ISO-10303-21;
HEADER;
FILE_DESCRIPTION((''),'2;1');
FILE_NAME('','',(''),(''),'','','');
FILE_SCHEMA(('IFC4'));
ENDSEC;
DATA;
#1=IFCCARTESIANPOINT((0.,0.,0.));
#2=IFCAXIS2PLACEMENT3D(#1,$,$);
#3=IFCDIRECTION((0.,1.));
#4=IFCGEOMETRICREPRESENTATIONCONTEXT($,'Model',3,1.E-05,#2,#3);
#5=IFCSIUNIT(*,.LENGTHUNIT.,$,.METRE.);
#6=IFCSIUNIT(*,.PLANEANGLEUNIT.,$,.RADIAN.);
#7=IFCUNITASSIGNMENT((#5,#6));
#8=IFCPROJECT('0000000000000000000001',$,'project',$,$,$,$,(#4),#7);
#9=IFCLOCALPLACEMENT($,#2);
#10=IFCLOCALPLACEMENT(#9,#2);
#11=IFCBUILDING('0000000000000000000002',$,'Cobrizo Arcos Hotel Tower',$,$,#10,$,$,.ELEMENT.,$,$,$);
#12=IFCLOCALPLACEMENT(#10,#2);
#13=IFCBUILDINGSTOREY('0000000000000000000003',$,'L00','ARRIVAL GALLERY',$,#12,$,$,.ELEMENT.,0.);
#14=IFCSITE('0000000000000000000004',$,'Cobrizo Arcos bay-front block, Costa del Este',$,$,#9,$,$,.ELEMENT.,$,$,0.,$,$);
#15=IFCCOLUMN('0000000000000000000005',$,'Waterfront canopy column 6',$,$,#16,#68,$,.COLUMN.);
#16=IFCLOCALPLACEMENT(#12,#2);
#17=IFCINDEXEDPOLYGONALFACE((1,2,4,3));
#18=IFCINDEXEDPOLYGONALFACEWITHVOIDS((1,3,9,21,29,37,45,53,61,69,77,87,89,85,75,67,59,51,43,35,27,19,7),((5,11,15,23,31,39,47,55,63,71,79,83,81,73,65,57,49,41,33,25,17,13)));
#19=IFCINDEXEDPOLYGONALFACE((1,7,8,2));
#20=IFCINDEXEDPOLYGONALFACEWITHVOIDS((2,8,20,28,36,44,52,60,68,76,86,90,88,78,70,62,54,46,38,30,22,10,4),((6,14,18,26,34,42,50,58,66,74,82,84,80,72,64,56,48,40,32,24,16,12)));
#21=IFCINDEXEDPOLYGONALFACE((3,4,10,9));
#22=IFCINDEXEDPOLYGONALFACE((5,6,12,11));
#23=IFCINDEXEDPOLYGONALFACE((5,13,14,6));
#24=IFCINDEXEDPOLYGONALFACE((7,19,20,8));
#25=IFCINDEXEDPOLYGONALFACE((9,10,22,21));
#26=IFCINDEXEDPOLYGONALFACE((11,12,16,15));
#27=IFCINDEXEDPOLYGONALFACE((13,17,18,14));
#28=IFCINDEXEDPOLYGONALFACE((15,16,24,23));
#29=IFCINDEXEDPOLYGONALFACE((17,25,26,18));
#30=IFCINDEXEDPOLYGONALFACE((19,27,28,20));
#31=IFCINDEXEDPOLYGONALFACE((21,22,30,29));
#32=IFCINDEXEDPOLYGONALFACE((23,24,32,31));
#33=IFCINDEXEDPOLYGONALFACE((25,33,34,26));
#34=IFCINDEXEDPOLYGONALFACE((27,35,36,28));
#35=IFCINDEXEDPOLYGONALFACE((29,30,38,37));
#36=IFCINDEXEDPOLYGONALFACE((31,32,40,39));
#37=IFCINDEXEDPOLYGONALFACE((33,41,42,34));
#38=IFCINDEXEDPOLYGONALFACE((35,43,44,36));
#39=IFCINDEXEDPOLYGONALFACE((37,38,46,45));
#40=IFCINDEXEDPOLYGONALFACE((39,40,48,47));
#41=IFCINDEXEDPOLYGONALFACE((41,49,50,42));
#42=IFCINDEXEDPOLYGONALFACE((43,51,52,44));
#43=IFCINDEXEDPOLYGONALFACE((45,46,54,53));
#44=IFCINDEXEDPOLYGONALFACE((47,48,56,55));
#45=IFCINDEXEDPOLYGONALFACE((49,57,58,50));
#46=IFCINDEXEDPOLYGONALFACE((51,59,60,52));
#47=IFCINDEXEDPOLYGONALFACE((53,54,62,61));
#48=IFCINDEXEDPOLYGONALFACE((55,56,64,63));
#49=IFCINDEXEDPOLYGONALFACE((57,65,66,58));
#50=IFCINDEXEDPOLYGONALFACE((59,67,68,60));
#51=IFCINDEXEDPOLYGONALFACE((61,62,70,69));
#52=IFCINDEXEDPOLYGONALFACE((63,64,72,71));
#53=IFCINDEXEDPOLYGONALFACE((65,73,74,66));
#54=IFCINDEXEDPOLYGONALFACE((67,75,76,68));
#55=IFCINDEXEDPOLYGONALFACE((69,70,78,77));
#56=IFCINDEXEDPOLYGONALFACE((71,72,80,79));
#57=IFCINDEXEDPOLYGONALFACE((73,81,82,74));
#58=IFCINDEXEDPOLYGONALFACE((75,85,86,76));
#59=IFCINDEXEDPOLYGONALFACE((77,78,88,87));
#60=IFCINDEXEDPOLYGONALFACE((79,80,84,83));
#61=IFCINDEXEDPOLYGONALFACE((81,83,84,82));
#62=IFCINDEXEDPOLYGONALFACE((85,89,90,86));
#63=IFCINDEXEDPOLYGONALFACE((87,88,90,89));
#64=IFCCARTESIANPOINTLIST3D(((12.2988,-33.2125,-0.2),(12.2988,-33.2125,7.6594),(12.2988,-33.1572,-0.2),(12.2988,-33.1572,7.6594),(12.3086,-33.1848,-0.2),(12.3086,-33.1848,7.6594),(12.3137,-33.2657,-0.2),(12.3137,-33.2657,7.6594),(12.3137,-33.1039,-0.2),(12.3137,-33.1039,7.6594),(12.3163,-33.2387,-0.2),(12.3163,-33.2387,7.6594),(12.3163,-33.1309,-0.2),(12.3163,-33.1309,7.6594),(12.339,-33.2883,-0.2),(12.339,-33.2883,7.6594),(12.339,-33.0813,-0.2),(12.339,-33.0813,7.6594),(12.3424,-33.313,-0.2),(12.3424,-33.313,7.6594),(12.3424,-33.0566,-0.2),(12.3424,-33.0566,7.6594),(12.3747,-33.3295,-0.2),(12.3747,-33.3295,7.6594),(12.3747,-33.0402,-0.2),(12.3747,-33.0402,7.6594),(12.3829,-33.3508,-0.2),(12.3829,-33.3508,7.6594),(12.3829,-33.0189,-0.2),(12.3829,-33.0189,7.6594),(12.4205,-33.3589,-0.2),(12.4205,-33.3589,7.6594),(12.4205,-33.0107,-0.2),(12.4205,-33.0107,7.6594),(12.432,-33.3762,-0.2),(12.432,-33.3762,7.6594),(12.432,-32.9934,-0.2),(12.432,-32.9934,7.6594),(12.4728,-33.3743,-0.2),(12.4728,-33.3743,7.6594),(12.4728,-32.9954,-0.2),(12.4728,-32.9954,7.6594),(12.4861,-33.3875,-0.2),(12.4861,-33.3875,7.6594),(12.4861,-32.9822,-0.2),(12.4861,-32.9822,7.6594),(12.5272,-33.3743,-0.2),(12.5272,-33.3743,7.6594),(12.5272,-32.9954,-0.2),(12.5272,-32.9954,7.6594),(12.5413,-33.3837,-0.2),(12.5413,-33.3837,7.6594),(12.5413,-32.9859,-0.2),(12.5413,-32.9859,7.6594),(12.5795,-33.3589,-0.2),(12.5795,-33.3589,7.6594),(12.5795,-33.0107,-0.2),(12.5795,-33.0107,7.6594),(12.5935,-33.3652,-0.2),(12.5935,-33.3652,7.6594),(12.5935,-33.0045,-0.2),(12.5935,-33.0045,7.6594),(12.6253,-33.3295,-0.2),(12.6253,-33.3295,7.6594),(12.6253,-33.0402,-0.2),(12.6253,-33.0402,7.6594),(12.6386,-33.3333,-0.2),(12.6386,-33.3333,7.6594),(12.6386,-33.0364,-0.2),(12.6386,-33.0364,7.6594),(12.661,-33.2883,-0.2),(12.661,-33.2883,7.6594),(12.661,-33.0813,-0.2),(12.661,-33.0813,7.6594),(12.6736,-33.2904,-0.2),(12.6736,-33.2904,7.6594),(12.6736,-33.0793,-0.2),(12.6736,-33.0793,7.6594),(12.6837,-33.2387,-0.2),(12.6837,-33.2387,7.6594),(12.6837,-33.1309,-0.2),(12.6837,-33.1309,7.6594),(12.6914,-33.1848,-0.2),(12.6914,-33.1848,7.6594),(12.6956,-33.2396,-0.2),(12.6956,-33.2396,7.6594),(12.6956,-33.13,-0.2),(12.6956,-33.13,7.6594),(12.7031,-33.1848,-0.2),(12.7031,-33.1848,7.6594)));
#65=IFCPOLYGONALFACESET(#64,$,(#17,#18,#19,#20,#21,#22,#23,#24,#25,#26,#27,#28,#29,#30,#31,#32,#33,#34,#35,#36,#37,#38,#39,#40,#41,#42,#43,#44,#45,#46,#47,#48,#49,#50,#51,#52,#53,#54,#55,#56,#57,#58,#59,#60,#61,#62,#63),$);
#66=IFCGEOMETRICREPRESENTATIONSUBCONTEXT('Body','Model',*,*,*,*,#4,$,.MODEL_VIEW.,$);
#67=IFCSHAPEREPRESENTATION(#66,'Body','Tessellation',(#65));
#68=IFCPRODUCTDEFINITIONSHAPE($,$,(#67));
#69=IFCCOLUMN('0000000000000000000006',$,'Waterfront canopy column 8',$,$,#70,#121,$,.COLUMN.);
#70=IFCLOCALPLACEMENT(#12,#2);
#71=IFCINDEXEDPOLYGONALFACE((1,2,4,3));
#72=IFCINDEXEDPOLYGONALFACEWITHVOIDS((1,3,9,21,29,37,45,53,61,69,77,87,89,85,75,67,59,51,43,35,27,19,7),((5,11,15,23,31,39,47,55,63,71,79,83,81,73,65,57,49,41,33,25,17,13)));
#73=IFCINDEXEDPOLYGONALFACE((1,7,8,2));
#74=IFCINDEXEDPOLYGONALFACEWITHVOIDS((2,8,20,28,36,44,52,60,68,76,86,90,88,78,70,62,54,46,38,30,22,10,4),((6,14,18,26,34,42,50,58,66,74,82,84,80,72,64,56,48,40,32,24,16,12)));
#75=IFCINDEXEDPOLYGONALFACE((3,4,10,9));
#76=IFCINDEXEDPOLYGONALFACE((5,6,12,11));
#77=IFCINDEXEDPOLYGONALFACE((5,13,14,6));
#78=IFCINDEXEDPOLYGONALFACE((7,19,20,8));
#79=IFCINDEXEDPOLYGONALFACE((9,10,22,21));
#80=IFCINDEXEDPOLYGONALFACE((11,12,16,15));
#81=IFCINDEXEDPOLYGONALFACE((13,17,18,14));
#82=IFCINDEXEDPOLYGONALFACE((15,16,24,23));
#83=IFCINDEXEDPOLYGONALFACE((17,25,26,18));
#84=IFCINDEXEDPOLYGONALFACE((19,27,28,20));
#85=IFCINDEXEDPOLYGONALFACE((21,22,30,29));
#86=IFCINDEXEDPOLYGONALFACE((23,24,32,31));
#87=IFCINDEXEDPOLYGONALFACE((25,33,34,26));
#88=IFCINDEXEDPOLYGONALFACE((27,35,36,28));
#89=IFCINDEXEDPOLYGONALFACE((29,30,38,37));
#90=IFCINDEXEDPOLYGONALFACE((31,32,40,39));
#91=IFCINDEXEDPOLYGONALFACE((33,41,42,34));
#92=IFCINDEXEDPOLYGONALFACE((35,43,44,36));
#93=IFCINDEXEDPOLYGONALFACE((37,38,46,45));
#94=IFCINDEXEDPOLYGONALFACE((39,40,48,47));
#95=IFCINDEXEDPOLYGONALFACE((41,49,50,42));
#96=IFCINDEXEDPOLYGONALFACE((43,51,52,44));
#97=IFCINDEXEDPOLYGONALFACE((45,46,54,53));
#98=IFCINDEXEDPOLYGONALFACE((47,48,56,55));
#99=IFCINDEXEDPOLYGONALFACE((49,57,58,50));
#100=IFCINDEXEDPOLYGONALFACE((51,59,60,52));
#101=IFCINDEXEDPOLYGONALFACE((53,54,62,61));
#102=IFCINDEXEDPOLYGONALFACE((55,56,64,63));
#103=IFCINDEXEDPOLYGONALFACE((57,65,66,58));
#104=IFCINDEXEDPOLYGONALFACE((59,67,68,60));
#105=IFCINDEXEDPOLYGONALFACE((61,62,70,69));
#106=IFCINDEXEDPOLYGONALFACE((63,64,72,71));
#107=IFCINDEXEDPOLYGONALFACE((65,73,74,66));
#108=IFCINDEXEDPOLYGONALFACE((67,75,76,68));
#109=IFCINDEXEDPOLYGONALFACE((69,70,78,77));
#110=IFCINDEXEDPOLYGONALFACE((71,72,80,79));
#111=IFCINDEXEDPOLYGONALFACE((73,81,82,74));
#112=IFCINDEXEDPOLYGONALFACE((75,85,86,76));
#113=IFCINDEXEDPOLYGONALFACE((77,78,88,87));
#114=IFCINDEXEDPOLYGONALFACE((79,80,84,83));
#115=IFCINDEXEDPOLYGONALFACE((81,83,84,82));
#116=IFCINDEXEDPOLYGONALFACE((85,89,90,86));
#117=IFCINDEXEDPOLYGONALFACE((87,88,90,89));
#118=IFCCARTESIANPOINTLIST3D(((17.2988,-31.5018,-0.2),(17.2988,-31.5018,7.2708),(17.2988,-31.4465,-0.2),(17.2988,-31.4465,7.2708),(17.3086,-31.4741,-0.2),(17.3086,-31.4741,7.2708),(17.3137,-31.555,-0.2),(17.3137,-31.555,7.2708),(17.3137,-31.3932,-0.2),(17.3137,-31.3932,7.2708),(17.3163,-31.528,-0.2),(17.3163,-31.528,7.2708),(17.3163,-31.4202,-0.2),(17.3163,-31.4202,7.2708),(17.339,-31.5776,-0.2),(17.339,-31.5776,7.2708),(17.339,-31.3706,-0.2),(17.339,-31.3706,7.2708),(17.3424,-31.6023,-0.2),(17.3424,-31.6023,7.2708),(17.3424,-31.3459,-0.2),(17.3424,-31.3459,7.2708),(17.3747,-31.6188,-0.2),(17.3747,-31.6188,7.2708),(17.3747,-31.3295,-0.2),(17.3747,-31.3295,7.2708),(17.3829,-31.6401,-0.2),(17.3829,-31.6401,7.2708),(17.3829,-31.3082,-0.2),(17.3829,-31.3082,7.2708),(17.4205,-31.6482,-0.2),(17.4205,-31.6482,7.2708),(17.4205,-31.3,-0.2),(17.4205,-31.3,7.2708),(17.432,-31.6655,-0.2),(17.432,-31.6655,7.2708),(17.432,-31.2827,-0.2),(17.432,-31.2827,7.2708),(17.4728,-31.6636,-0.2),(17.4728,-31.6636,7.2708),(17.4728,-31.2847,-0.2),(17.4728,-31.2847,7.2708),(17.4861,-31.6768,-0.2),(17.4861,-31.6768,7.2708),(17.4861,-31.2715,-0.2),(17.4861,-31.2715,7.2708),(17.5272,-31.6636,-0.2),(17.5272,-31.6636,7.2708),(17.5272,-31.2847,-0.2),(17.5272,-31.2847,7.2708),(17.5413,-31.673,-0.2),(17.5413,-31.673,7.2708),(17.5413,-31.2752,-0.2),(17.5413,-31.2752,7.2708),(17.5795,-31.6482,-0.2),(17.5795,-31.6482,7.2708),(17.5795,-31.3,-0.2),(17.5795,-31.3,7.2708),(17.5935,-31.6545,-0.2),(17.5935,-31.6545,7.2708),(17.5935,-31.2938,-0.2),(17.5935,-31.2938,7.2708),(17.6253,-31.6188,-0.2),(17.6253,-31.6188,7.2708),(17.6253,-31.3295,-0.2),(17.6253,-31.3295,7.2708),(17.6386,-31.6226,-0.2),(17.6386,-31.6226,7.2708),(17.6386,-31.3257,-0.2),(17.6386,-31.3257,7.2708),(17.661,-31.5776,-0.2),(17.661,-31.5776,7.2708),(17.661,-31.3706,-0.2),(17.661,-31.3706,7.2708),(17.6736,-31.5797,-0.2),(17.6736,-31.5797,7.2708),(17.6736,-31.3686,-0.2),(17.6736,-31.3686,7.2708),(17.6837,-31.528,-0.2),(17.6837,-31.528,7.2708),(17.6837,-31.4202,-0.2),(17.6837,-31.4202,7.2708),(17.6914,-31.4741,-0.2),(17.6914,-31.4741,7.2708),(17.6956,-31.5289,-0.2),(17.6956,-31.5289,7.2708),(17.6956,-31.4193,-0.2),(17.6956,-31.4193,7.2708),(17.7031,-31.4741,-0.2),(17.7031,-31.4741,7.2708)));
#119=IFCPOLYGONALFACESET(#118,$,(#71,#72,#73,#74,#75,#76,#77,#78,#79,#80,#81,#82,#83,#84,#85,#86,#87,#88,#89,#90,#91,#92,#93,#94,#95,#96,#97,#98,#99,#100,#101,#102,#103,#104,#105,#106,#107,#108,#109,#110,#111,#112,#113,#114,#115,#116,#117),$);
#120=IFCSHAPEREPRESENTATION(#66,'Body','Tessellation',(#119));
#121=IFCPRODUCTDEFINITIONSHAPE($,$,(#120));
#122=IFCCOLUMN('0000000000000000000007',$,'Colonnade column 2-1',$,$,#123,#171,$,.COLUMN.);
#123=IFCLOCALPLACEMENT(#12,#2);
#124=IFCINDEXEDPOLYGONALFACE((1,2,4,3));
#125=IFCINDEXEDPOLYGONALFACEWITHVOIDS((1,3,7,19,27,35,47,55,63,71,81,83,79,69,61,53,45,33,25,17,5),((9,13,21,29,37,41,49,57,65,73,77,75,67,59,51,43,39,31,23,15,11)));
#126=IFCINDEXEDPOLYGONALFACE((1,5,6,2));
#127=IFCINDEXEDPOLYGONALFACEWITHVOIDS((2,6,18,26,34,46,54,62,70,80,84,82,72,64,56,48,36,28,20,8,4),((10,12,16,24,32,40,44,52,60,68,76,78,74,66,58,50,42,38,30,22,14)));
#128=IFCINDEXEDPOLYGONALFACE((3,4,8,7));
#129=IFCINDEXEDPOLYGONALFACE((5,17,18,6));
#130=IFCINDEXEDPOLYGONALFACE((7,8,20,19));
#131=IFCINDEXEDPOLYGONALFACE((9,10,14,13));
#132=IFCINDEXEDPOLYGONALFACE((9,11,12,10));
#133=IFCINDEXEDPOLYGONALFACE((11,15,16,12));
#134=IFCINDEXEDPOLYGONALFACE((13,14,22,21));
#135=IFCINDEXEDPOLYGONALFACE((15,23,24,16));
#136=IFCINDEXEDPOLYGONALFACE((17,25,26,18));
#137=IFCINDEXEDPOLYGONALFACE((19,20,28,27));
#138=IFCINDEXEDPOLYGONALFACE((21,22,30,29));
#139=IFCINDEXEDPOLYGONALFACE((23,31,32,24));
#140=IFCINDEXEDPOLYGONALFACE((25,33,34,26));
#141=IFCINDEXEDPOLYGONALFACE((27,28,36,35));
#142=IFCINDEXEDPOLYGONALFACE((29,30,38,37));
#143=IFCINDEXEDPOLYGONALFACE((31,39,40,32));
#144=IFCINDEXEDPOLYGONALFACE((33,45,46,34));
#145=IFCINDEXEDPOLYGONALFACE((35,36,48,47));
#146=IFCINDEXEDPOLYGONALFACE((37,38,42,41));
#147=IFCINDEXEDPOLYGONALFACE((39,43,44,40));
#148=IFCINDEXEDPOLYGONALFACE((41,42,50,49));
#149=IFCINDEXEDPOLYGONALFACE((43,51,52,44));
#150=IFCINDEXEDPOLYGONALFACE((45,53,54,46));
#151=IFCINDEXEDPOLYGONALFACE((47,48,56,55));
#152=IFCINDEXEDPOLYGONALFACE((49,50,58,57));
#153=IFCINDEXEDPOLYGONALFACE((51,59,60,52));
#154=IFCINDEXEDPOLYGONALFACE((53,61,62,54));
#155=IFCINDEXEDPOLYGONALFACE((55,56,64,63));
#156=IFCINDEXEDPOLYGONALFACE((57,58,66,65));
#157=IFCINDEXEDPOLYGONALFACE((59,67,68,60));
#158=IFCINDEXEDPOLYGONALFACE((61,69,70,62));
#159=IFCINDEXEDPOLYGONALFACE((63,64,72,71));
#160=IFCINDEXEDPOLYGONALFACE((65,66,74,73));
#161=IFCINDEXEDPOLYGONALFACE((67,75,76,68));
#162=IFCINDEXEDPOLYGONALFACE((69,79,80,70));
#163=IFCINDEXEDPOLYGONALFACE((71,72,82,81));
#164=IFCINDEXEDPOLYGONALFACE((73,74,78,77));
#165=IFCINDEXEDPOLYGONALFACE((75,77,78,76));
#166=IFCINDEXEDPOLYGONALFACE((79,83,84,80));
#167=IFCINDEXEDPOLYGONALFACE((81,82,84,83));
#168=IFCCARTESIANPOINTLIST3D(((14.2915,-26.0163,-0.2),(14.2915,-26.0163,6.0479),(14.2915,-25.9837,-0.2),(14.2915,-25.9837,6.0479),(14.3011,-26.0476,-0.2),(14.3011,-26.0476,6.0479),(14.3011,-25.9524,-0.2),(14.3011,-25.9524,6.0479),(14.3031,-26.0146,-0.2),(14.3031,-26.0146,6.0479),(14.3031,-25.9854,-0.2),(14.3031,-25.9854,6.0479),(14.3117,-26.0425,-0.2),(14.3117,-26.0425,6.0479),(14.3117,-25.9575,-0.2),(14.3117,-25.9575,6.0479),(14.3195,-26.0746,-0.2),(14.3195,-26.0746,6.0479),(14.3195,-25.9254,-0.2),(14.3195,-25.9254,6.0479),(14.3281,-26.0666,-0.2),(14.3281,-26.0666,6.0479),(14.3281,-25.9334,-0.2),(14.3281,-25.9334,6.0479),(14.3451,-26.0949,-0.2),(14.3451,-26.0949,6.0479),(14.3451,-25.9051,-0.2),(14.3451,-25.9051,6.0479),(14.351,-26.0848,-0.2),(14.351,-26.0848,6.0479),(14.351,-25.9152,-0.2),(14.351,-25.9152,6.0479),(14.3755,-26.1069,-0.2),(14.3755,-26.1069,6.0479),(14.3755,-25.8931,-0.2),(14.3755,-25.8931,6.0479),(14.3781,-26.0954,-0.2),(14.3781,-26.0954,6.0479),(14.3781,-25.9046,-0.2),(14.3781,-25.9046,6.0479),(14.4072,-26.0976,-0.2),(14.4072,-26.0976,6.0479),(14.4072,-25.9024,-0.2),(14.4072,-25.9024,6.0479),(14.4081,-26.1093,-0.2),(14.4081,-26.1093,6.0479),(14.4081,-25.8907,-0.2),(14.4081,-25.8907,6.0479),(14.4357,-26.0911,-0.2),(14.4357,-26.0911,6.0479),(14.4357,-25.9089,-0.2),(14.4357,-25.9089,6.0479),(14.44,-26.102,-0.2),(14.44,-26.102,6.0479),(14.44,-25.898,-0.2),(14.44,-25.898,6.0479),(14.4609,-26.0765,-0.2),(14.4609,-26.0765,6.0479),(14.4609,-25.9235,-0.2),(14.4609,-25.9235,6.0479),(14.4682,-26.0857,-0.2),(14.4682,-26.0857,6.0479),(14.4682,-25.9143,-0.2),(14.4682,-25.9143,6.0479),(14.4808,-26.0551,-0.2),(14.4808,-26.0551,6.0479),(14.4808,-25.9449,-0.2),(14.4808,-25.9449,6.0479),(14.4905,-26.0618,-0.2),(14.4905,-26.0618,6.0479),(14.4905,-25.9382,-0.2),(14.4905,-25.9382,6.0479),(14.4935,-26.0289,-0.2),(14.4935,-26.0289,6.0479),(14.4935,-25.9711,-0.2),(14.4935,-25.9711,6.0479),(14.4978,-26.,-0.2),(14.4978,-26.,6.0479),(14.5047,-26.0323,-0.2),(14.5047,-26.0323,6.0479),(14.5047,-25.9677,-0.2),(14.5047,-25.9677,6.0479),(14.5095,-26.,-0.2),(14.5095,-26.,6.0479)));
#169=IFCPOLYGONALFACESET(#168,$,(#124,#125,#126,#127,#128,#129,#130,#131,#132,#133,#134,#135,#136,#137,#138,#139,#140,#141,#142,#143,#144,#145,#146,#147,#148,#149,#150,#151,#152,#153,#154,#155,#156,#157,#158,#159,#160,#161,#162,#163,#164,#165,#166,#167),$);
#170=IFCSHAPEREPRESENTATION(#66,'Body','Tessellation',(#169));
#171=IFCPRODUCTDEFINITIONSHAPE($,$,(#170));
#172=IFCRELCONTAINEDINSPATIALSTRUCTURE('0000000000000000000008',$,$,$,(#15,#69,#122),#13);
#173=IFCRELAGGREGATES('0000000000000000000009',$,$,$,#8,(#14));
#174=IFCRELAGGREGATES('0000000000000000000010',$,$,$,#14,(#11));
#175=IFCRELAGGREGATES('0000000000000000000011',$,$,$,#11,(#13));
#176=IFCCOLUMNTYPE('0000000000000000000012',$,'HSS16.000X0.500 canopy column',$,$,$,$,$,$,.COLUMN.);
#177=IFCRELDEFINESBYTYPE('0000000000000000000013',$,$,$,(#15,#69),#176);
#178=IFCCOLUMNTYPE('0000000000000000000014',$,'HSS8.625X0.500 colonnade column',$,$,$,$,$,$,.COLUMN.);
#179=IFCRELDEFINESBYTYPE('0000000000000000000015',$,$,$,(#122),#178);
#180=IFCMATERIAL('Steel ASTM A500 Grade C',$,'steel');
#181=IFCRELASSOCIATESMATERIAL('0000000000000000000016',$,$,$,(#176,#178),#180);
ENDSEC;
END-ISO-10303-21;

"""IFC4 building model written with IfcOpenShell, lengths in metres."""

from ifc_helpers import new_model, si_unit, direction, frame, origin, origin_2d, place, context, subcontext, project, spatial, hollow_circle, extrude, material, material_profile, profile_set, type_object, element, save


model = new_model("IFC4")

# Units and contexts
model_context = context("Model", 3, precision=1e-05, world=origin(), true_north=direction((0.0, 1.0)))
body_context = subcontext(model_context, "Body", "Model", "MODEL_VIEW")
ifc_project = project(units=[si_unit("LENGTHUNIT", "METRE"), si_unit("PLANEANGLEUNIT", "RADIAN")], contexts=[model_context])

# Site, building, storey
site_placement = place(None, origin())
site = spatial("IfcSite", under=ifc_project, at=site_placement, Name="Cobrizo Arcos bay-front block, Costa del Este", CompositionType="ELEMENT", RefElevation=0.0)
building_placement = place(site_placement, origin())
building = spatial("IfcBuilding", under=site, at=building_placement, Name="Cobrizo Arcos Hotel Tower", CompositionType="ELEMENT")
storey_placement = place(building_placement, origin())
storey = spatial("IfcBuildingStorey", under=building, at=storey_placement, Name="L00", Description="ARRIVAL GALLERY", CompositionType="ELEMENT", Elevation=0.0)

# Columns
ifc_material_1 = material(Name="Steel ASTM A500 Grade C", Category="steel")
ifc_material_profile_1 = material_profile(ifc_material_1, hollow_circle(Radius=0.2031, WallThickness=0.0117, at=origin_2d()), Name="HSS16.000X0.500")
ifc_profile_set_1 = profile_set([ifc_material_profile_1], Name="Steel ASTM A500 Grade C")
column_type_1 = type_object("IfcColumnType", Name="HSS16.000X0.500 canopy column", PredefinedType="COLUMN", material=ifc_profile_set_1)
column_1_placement = place(storey_placement, frame((12.5, -33.1848, -0.2), z_axis=(0.0, 0.0, 1.0), x_axis=(1.0, 0.0, 0.0)))
element("IfcColumn", 1, at=column_1_placement, inside=storey, type_object=column_type_1, Name="Waterfront canopy column 6", PredefinedType="COLUMN", context=body_context, shape_type="SweptSolid", body=[
    extrude(hollow_circle(Radius=0.2031, WallThickness=0.0117, at=origin_2d()), origin(), (0.0, 0.0, 1.0), 7.8594),
])
column_2_placement = place(storey_placement, frame((17.5, -31.4741, -0.2), z_axis=(0.0, 0.0, 1.0), x_axis=(1.0, 0.0, 0.0)))
element("IfcColumn", 2, at=column_2_placement, inside=storey, type_object=column_type_1, Name="Waterfront canopy column 8", PredefinedType="COLUMN", context=body_context, shape_type="SweptSolid", body=[
    extrude(hollow_circle(Radius=0.2031, WallThickness=0.0117, at=origin_2d()), origin(), (0.0, 0.0, 1.0), 7.4707),
])
ifc_material_profile_2 = material_profile(ifc_material_1, hollow_circle(Radius=0.1096, WallThickness=0.0117, at=origin_2d()), Name="HSS8.625X0.500")
ifc_profile_set_2 = profile_set([ifc_material_profile_2], Name="Steel ASTM A500 Grade C")
column_type_2 = type_object("IfcColumnType", Name="HSS8.625X0.500 colonnade column", PredefinedType="COLUMN", material=ifc_profile_set_2)
column_3_placement = place(storey_placement, frame((14.3999, -26.0, -0.2), z_axis=(0.0, 0.0, 1.0), x_axis=(1.0, 0.0, 0.0)))
element("IfcColumn", 3, at=column_3_placement, inside=storey, type_object=column_type_2, Name="Colonnade column 2-1", PredefinedType="COLUMN", context=body_context, shape_type="SweptSolid", body=[
    extrude(hollow_circle(Radius=0.1096, WallThickness=0.0117, at=origin_2d()), origin(), (0.0, 0.0, 1.0), 6.2478),
])

save(model, "model.ifc")
